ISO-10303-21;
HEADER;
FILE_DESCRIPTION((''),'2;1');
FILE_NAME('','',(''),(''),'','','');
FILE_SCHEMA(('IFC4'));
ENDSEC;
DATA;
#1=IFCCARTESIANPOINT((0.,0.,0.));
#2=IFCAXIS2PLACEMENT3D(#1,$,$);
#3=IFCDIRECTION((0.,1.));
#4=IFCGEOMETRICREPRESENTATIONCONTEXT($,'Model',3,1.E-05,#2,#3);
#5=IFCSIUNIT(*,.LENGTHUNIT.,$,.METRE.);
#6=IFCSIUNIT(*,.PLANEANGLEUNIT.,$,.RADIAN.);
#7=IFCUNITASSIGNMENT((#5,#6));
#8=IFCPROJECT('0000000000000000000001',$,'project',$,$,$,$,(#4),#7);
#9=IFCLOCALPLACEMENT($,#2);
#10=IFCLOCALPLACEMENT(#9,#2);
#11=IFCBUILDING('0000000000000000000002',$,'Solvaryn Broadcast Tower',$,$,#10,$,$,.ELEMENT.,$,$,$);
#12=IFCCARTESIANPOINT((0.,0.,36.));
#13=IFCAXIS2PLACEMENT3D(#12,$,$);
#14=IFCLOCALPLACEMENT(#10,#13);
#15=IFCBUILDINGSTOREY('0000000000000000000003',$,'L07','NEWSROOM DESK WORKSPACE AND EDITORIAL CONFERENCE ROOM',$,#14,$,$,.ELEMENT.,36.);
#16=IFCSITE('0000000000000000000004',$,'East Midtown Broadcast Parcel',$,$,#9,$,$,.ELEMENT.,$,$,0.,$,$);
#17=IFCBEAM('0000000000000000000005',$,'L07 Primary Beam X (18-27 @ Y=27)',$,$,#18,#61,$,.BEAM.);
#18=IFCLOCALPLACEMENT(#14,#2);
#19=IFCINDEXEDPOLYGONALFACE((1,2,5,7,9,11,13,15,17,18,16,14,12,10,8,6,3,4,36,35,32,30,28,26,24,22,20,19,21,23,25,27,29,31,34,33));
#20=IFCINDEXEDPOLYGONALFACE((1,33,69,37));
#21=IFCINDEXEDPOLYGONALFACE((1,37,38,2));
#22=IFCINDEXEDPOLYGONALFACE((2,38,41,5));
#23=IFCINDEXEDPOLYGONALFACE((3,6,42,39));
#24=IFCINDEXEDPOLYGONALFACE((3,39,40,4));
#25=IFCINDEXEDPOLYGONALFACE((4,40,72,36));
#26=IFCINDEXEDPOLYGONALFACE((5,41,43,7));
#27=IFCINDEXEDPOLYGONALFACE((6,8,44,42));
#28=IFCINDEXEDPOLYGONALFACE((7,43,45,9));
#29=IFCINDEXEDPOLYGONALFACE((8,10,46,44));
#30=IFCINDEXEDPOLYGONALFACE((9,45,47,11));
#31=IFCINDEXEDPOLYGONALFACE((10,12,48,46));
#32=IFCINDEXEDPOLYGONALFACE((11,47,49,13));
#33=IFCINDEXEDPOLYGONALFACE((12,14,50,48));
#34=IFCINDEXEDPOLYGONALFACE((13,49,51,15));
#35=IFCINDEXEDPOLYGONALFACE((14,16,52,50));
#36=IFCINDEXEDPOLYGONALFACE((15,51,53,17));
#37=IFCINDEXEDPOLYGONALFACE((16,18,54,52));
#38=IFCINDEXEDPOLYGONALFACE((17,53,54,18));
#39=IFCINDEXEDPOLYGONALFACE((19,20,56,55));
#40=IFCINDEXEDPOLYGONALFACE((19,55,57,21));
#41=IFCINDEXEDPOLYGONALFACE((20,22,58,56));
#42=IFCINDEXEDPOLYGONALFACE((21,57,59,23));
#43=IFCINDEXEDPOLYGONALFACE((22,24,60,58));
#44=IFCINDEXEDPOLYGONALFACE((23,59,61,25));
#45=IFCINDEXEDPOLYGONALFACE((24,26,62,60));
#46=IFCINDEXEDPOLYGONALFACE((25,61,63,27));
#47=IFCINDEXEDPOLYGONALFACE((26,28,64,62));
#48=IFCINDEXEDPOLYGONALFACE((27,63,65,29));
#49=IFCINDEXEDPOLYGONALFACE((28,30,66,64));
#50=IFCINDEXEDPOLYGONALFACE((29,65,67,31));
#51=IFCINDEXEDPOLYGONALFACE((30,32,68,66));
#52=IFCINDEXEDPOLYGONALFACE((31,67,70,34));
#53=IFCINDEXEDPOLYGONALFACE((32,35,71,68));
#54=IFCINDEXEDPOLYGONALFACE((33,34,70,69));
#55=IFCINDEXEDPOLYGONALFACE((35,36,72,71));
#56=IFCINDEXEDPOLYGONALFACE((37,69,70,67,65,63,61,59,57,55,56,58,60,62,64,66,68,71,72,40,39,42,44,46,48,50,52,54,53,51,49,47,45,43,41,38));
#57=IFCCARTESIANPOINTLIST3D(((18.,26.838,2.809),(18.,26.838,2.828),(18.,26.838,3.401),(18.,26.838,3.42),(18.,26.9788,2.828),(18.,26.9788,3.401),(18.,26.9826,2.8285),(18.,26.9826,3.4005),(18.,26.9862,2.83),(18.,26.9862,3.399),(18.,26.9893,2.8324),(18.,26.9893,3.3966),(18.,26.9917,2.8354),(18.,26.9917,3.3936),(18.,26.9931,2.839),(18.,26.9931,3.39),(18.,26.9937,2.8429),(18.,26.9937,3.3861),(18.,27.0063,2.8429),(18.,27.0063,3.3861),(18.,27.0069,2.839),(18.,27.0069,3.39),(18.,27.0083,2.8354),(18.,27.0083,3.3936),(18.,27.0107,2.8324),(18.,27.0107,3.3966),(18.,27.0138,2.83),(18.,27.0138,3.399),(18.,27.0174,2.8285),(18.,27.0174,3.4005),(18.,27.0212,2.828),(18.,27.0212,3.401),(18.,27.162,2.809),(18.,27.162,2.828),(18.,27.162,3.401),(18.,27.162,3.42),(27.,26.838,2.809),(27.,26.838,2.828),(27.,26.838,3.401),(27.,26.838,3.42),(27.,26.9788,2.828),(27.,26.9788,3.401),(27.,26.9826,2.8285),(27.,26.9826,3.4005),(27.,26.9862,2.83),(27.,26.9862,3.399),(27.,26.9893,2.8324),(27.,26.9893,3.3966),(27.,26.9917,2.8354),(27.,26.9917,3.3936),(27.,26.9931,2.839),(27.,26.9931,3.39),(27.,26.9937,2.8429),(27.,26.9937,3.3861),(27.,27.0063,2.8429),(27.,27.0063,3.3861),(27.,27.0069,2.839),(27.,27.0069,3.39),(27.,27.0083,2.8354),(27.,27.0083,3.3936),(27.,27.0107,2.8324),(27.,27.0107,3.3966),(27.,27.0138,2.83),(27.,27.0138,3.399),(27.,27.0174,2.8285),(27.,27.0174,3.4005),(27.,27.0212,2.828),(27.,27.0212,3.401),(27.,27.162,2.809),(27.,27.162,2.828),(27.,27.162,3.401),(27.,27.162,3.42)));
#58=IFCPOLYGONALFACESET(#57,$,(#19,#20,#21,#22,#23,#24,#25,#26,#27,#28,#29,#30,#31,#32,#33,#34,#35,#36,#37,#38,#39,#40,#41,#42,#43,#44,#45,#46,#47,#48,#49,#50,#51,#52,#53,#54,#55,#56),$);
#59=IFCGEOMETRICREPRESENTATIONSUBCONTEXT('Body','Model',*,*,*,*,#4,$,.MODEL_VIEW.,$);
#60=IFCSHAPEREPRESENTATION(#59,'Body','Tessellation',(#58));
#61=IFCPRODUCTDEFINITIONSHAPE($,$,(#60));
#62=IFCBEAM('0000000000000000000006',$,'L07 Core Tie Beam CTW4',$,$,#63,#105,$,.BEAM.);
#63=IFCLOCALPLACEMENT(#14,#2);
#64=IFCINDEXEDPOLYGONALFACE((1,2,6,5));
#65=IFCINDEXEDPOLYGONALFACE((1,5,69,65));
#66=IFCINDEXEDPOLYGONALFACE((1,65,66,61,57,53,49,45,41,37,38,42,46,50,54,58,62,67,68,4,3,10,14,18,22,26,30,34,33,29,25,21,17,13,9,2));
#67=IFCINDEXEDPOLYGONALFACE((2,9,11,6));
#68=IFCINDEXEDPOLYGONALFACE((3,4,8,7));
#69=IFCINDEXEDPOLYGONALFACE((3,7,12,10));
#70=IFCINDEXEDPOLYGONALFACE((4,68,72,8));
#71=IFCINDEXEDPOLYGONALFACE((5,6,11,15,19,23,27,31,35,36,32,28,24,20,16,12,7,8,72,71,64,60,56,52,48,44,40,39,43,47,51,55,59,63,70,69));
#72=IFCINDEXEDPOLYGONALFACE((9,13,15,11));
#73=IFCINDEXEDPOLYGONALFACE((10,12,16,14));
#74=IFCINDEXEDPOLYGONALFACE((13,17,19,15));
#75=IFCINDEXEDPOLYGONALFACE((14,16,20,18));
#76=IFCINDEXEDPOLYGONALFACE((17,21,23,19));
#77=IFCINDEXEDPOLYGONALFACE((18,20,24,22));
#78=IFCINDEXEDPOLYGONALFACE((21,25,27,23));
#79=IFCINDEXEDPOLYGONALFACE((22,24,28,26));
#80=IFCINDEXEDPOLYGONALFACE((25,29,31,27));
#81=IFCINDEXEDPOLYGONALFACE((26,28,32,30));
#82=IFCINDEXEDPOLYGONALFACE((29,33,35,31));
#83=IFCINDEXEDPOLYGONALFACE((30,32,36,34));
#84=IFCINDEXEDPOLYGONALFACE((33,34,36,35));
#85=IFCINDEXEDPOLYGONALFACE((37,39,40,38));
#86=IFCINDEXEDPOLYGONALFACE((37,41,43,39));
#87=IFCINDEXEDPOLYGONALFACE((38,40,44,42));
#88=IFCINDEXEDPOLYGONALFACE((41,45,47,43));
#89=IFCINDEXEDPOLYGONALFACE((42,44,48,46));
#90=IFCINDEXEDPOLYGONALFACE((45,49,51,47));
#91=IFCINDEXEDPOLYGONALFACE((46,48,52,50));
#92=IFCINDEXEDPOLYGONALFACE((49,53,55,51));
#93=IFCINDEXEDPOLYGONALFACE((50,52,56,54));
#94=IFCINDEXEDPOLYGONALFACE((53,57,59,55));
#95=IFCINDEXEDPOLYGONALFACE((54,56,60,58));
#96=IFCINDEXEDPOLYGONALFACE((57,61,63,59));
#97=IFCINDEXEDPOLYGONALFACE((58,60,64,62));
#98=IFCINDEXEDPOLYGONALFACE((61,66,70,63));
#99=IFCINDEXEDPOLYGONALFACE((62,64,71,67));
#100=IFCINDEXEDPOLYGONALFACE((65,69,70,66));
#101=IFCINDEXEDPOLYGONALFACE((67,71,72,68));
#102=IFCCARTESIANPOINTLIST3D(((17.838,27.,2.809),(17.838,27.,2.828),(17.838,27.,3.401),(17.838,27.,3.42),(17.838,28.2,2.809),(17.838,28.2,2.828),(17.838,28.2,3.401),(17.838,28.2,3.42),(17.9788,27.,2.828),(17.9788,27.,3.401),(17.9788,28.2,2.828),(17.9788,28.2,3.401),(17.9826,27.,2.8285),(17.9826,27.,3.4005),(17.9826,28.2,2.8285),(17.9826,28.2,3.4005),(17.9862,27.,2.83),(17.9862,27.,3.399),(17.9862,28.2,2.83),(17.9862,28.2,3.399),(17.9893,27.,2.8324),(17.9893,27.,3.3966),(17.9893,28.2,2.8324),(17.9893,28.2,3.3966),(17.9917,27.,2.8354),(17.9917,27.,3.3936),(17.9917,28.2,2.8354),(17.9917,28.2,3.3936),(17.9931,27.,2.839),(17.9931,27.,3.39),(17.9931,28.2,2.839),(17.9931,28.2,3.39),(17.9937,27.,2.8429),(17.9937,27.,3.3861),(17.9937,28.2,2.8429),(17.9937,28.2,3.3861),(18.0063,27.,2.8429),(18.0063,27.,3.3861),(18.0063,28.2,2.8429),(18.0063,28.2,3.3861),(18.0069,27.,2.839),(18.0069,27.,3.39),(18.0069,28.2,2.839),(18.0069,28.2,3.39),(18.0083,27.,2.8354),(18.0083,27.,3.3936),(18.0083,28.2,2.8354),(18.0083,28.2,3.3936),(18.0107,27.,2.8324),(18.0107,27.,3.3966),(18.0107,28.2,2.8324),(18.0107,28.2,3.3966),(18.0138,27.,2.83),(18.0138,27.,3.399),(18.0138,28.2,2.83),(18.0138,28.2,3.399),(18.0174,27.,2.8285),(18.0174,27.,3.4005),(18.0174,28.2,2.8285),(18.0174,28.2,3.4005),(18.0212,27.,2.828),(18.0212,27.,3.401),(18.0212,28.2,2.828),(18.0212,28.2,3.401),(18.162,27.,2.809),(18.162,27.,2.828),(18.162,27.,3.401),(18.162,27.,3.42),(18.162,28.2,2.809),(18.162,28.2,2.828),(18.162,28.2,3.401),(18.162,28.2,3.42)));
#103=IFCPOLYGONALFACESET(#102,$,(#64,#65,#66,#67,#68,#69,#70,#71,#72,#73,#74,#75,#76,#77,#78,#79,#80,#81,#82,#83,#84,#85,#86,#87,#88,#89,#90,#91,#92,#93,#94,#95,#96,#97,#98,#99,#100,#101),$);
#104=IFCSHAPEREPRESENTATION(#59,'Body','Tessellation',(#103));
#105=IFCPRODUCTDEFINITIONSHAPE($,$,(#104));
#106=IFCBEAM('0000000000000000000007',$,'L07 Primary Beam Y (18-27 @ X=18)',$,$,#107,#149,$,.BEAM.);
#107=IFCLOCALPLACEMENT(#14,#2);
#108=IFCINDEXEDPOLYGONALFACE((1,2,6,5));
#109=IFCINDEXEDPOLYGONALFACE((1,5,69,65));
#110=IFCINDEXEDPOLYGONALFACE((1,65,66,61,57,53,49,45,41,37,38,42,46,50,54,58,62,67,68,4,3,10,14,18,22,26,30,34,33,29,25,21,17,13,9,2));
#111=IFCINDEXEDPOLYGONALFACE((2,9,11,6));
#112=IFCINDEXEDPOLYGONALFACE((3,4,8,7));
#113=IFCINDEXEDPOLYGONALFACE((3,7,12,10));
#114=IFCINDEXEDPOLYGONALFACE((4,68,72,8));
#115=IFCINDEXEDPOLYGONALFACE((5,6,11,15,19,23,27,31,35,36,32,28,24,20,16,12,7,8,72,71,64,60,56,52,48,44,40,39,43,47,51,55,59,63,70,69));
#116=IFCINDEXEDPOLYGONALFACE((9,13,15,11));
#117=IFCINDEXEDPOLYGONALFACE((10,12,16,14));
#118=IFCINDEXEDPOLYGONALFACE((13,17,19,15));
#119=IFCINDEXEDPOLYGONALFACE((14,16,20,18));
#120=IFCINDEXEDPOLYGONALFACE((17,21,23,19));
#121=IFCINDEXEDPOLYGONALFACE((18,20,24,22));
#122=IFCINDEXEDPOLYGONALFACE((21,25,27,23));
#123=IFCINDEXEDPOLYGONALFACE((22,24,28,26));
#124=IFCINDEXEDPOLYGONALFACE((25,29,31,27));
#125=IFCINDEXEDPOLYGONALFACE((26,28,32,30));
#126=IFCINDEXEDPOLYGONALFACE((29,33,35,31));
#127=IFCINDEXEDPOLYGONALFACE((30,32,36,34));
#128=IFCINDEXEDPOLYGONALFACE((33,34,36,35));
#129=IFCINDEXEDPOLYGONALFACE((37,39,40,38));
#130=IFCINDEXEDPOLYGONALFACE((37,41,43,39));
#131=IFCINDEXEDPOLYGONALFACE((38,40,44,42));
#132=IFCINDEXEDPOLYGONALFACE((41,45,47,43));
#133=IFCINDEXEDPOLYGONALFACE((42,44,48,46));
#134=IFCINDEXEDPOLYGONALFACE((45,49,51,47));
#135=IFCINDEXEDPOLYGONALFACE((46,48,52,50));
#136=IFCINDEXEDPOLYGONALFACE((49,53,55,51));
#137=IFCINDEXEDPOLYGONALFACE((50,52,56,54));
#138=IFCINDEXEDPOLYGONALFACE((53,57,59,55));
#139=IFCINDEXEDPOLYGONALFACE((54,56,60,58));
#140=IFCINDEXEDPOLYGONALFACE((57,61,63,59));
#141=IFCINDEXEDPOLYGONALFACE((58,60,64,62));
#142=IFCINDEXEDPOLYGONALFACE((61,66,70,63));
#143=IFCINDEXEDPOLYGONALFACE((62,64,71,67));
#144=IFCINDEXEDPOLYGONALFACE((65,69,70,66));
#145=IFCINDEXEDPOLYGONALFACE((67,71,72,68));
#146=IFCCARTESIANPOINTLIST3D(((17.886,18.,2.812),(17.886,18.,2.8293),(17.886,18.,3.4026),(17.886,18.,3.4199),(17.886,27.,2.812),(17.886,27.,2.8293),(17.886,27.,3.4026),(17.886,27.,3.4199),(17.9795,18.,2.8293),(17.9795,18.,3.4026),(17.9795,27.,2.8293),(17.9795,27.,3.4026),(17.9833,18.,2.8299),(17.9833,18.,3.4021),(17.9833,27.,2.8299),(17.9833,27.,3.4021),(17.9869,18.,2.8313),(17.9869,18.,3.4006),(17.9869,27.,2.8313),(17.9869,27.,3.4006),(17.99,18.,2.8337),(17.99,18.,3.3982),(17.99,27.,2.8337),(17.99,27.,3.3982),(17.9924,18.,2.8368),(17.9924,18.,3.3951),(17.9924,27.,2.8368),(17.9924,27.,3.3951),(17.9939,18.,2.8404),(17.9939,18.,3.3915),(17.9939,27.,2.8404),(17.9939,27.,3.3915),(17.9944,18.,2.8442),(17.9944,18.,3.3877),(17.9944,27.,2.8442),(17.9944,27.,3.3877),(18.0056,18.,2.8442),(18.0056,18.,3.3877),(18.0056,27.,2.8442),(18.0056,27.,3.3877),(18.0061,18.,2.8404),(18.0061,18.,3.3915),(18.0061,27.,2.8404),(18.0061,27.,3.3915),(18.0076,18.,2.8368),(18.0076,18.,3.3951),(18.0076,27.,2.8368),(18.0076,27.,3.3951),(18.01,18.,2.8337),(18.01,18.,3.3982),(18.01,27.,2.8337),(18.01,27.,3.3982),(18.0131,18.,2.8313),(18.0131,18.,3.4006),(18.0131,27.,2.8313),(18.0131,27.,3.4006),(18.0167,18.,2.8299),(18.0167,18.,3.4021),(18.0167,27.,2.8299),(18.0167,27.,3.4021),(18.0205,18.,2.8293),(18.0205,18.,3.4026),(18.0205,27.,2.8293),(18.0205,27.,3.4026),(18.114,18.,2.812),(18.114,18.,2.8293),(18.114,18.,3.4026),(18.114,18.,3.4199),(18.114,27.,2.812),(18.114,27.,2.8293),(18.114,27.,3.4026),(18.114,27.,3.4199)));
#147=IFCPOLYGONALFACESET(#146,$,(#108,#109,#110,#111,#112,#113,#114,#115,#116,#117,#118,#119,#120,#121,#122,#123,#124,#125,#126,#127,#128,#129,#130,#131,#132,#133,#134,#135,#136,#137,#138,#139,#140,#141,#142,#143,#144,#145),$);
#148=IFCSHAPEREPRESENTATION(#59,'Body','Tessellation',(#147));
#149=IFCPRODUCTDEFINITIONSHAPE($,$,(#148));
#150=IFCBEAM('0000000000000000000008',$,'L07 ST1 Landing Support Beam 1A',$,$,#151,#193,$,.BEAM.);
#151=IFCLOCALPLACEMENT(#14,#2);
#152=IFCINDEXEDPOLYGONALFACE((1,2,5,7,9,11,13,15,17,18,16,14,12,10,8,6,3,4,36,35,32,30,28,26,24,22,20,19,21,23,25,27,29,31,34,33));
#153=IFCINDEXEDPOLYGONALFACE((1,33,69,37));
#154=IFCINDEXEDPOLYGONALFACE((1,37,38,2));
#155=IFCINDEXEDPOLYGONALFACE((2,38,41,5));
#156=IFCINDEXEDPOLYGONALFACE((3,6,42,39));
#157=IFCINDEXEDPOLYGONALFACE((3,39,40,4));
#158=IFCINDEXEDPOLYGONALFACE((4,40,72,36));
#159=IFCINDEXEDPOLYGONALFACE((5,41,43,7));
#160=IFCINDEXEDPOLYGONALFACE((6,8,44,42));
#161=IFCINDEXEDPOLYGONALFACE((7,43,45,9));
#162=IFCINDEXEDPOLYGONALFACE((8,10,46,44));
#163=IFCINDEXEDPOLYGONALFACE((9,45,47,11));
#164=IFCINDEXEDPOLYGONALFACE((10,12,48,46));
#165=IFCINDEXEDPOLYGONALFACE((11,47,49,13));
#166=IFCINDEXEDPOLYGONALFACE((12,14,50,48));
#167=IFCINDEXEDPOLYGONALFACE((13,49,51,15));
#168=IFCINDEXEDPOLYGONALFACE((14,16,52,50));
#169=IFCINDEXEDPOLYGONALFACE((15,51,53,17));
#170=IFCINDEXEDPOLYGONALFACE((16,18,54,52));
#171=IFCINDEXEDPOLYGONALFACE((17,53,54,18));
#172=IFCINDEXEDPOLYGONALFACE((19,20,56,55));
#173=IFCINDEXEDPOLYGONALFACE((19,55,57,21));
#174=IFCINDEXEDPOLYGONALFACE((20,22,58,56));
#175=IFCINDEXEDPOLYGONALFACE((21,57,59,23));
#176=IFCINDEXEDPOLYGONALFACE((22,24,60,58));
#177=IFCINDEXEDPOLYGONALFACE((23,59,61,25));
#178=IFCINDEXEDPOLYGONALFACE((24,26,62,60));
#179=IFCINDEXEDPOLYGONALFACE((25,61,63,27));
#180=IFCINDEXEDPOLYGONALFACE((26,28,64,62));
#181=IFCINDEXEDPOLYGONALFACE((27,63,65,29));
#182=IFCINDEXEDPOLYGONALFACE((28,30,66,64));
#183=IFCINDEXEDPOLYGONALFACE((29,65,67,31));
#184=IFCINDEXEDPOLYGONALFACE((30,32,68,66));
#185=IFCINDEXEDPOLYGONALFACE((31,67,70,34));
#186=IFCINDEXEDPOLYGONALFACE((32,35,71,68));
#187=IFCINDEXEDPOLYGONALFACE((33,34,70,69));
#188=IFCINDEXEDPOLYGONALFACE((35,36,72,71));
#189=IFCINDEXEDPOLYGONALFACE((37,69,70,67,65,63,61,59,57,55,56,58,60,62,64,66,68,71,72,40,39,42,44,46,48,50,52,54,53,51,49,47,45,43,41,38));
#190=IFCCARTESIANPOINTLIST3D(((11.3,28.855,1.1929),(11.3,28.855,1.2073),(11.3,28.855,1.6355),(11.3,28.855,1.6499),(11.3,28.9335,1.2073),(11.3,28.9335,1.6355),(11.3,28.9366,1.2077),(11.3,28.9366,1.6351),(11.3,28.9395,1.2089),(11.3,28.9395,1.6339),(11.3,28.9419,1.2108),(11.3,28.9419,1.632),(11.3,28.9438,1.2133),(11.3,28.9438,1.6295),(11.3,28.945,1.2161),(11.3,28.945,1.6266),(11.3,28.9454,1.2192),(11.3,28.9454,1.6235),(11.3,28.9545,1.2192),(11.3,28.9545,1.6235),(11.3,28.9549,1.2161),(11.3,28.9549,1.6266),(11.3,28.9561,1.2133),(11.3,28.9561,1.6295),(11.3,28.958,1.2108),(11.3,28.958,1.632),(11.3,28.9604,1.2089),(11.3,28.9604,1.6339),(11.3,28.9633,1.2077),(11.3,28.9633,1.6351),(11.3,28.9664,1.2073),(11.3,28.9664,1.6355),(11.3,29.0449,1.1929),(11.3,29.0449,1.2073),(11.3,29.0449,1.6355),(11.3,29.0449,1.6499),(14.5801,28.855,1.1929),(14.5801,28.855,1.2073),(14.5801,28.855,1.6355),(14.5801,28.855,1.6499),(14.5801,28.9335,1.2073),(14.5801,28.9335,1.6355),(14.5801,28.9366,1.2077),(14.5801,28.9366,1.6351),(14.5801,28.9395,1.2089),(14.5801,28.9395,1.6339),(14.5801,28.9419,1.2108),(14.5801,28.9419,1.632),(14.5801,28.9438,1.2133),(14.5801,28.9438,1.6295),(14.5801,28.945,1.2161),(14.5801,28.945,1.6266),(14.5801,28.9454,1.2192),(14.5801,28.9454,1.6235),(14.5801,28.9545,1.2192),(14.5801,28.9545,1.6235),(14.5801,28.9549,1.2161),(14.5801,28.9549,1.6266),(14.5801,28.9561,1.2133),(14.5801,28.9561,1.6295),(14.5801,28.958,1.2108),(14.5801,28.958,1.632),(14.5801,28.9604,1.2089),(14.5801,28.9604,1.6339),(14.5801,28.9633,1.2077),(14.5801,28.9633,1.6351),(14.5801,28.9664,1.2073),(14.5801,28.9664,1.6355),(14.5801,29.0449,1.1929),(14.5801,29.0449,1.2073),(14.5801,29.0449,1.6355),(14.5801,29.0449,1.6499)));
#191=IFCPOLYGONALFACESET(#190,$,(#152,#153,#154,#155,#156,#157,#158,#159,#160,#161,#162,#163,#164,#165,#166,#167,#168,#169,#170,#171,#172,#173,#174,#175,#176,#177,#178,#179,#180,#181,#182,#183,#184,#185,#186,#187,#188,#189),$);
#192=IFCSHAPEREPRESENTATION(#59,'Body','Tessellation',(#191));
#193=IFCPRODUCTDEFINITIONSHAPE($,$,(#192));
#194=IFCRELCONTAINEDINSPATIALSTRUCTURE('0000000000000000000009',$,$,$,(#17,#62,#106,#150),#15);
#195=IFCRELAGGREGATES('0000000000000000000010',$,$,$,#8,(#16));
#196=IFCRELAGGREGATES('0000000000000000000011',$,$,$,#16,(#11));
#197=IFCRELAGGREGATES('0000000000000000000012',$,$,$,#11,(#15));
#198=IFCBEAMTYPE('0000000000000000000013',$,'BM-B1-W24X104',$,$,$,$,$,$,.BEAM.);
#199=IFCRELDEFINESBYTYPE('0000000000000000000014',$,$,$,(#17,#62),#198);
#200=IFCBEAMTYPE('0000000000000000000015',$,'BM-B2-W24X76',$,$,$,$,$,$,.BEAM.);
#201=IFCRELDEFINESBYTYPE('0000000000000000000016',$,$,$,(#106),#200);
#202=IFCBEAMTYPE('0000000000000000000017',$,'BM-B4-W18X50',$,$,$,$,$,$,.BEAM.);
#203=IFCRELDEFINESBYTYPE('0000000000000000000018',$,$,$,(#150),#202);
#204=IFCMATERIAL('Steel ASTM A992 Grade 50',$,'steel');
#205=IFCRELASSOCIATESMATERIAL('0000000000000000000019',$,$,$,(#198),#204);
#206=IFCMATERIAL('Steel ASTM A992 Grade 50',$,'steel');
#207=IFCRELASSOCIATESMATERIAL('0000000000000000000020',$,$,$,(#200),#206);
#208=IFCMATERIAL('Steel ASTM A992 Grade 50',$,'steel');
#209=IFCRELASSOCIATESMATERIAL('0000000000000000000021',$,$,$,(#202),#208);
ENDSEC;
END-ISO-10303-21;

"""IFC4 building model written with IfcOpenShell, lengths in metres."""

from ifc_helpers import new_model, si_unit, direction, frame, origin, origin_2d, place, context, subcontext, project, spatial, i_section, extrude, material, material_profile, profile_set, type_object, element, save


model = new_model("IFC4")

# Units and contexts
model_context = context("Model", 3, precision=1e-05, world=origin(), true_north=direction((0.0, 1.0)))
body_context = subcontext(model_context, "Body", "Model", "MODEL_VIEW")
ifc_project = project(units=[si_unit("LENGTHUNIT", "METRE"), si_unit("PLANEANGLEUNIT", "RADIAN")], contexts=[model_context])

# Site, building, storey
site_placement = place(None, origin())
site = spatial("IfcSite", under=ifc_project, at=site_placement, Name="East Midtown Broadcast Parcel", CompositionType="ELEMENT", RefElevation=0.0)
building_placement = place(site_placement, origin())
building = spatial("IfcBuilding", under=site, at=building_placement, Name="Solvaryn Broadcast Tower", CompositionType="ELEMENT")
storey_placement = place(building_placement, frame((0.0, 0.0, 36.0)))
storey = spatial("IfcBuildingStorey", under=building, at=storey_placement, Name="L07", Description="NEWSROOM DESK WORKSPACE AND EDITORIAL CONFERENCE ROOM", CompositionType="ELEMENT", Elevation=36.0)

# Beams
ifc_material_1 = material(Name="Steel ASTM A992 Grade 50", Category="steel")
ifc_material_profile_1 = material_profile(ifc_material_1, i_section(OverallWidth=0.324, OverallDepth=0.6111, WebThickness=0.0127, FlangeThickness=0.019, FilletRadius=0.0149, at=origin_2d()))
ifc_profile_set_1 = profile_set([ifc_material_profile_1], Name="Steel ASTM A992 Grade 50")
beam_type_1 = type_object("IfcBeamType", Name="BM-B1-W24X104", PredefinedType="BEAM", material=ifc_profile_set_1)
for number, where, z_axis, x_axis, name in (
    (1, (18.0, 27.0, 3.1145), (1.0, 0.0, 0.0), (0.0, 1.0, 0.0), "L07 Primary Beam X (18-27 @ Y=27)"),
):
    element("IfcBeam", number, at=place(storey_placement, frame(where, z_axis=z_axis, x_axis=x_axis)), inside=storey, type_object=beam_type_1, Name=name, PredefinedType="BEAM", context=body_context, shape_type="SweptSolid", body=[
        extrude(i_section(OverallWidth=0.324, OverallDepth=0.6111, WebThickness=0.0127, FlangeThickness=0.019, FilletRadius=0.0149, at=origin_2d()), origin(), (0.0, 0.0, 1.0), 9.0),
    ])
beam_1_placement = place(storey_placement, frame((18.0, 27.0, 3.1145), z_axis=(0.0, 1.0, 0.0), x_axis=(-1.0, 0.0, 0.0)))
element("IfcBeam", 2, at=beam_1_placement, inside=storey, type_object=beam_type_1, Name="L07 Core Tie Beam CTW4", PredefinedType="BEAM", context=body_context, shape_type="SweptSolid", body=[
    extrude(i_section(OverallWidth=0.324, OverallDepth=0.6111, WebThickness=0.0127, FlangeThickness=0.019, FilletRadius=0.0149, at=origin_2d()), origin(), (0.0, 0.0, 1.0), 1.2),
])
ifc_material_2 = material(Name="Steel ASTM A992 Grade 50", Category="steel")
ifc_material_profile_2 = material_profile(ifc_material_2, i_section(OverallWidth=0.228, OverallDepth=0.6079, WebThickness=0.0112, FlangeThickness=0.0173, FilletRadius=0.0149, at=origin_2d()))
ifc_profile_set_2 = profile_set([ifc_material_profile_2], Name="Steel ASTM A992 Grade 50")
beam_type_2 = type_object("IfcBeamType", Name="BM-B2-W24X76", PredefinedType="BEAM", material=ifc_profile_set_2)
beam_2_placement = place(storey_placement, frame((18.0, 18.0, 3.116), z_axis=(0.0, 1.0, 0.0), x_axis=(-1.0, 0.0, 0.0)))
element("IfcBeam", 3, at=beam_2_placement, inside=storey, type_object=beam_type_2, Name="L07 Primary Beam Y (18-27 @ X=18)", PredefinedType="BEAM", context=body_context, shape_type="SweptSolid", body=[
    extrude(i_section(OverallWidth=0.228, OverallDepth=0.6079, WebThickness=0.0112, FlangeThickness=0.0173, FilletRadius=0.0149, at=origin_2d()), origin(), (0.0, 0.0, 1.0), 9.0),
])
ifc_material_3 = material(Name="Steel ASTM A992 Grade 50", Category="steel")
ifc_material_profile_3 = material_profile(ifc_material_3, i_section(OverallWidth=0.1899, OverallDepth=0.457, WebThickness=0.009, FlangeThickness=0.0144, FilletRadius=0.012, at=origin_2d()))
ifc_profile_set_3 = profile_set([ifc_material_profile_3], Name="Steel ASTM A992 Grade 50")
beam_type_3 = type_object("IfcBeamType", Name="BM-B4-W18X50", PredefinedType="BEAM", material=ifc_profile_set_3)
beam_3_placement = place(storey_placement, frame((11.3, 28.95, 1.4214), z_axis=(1.0, 0.0, 0.0), x_axis=(0.0, 1.0, 0.0)))
element("IfcBeam", 4, at=beam_3_placement, inside=storey, type_object=beam_type_3, Name="L07 ST1 Landing Support Beam 1A", PredefinedType="BEAM", context=body_context, shape_type="SweptSolid", body=[
    extrude(i_section(OverallWidth=0.1899, OverallDepth=0.457, WebThickness=0.009, FlangeThickness=0.0144, FilletRadius=0.012, at=origin_2d()), origin(), (0.0, 0.0, 1.0), 3.28),
])

save(model, "model.ifc")
